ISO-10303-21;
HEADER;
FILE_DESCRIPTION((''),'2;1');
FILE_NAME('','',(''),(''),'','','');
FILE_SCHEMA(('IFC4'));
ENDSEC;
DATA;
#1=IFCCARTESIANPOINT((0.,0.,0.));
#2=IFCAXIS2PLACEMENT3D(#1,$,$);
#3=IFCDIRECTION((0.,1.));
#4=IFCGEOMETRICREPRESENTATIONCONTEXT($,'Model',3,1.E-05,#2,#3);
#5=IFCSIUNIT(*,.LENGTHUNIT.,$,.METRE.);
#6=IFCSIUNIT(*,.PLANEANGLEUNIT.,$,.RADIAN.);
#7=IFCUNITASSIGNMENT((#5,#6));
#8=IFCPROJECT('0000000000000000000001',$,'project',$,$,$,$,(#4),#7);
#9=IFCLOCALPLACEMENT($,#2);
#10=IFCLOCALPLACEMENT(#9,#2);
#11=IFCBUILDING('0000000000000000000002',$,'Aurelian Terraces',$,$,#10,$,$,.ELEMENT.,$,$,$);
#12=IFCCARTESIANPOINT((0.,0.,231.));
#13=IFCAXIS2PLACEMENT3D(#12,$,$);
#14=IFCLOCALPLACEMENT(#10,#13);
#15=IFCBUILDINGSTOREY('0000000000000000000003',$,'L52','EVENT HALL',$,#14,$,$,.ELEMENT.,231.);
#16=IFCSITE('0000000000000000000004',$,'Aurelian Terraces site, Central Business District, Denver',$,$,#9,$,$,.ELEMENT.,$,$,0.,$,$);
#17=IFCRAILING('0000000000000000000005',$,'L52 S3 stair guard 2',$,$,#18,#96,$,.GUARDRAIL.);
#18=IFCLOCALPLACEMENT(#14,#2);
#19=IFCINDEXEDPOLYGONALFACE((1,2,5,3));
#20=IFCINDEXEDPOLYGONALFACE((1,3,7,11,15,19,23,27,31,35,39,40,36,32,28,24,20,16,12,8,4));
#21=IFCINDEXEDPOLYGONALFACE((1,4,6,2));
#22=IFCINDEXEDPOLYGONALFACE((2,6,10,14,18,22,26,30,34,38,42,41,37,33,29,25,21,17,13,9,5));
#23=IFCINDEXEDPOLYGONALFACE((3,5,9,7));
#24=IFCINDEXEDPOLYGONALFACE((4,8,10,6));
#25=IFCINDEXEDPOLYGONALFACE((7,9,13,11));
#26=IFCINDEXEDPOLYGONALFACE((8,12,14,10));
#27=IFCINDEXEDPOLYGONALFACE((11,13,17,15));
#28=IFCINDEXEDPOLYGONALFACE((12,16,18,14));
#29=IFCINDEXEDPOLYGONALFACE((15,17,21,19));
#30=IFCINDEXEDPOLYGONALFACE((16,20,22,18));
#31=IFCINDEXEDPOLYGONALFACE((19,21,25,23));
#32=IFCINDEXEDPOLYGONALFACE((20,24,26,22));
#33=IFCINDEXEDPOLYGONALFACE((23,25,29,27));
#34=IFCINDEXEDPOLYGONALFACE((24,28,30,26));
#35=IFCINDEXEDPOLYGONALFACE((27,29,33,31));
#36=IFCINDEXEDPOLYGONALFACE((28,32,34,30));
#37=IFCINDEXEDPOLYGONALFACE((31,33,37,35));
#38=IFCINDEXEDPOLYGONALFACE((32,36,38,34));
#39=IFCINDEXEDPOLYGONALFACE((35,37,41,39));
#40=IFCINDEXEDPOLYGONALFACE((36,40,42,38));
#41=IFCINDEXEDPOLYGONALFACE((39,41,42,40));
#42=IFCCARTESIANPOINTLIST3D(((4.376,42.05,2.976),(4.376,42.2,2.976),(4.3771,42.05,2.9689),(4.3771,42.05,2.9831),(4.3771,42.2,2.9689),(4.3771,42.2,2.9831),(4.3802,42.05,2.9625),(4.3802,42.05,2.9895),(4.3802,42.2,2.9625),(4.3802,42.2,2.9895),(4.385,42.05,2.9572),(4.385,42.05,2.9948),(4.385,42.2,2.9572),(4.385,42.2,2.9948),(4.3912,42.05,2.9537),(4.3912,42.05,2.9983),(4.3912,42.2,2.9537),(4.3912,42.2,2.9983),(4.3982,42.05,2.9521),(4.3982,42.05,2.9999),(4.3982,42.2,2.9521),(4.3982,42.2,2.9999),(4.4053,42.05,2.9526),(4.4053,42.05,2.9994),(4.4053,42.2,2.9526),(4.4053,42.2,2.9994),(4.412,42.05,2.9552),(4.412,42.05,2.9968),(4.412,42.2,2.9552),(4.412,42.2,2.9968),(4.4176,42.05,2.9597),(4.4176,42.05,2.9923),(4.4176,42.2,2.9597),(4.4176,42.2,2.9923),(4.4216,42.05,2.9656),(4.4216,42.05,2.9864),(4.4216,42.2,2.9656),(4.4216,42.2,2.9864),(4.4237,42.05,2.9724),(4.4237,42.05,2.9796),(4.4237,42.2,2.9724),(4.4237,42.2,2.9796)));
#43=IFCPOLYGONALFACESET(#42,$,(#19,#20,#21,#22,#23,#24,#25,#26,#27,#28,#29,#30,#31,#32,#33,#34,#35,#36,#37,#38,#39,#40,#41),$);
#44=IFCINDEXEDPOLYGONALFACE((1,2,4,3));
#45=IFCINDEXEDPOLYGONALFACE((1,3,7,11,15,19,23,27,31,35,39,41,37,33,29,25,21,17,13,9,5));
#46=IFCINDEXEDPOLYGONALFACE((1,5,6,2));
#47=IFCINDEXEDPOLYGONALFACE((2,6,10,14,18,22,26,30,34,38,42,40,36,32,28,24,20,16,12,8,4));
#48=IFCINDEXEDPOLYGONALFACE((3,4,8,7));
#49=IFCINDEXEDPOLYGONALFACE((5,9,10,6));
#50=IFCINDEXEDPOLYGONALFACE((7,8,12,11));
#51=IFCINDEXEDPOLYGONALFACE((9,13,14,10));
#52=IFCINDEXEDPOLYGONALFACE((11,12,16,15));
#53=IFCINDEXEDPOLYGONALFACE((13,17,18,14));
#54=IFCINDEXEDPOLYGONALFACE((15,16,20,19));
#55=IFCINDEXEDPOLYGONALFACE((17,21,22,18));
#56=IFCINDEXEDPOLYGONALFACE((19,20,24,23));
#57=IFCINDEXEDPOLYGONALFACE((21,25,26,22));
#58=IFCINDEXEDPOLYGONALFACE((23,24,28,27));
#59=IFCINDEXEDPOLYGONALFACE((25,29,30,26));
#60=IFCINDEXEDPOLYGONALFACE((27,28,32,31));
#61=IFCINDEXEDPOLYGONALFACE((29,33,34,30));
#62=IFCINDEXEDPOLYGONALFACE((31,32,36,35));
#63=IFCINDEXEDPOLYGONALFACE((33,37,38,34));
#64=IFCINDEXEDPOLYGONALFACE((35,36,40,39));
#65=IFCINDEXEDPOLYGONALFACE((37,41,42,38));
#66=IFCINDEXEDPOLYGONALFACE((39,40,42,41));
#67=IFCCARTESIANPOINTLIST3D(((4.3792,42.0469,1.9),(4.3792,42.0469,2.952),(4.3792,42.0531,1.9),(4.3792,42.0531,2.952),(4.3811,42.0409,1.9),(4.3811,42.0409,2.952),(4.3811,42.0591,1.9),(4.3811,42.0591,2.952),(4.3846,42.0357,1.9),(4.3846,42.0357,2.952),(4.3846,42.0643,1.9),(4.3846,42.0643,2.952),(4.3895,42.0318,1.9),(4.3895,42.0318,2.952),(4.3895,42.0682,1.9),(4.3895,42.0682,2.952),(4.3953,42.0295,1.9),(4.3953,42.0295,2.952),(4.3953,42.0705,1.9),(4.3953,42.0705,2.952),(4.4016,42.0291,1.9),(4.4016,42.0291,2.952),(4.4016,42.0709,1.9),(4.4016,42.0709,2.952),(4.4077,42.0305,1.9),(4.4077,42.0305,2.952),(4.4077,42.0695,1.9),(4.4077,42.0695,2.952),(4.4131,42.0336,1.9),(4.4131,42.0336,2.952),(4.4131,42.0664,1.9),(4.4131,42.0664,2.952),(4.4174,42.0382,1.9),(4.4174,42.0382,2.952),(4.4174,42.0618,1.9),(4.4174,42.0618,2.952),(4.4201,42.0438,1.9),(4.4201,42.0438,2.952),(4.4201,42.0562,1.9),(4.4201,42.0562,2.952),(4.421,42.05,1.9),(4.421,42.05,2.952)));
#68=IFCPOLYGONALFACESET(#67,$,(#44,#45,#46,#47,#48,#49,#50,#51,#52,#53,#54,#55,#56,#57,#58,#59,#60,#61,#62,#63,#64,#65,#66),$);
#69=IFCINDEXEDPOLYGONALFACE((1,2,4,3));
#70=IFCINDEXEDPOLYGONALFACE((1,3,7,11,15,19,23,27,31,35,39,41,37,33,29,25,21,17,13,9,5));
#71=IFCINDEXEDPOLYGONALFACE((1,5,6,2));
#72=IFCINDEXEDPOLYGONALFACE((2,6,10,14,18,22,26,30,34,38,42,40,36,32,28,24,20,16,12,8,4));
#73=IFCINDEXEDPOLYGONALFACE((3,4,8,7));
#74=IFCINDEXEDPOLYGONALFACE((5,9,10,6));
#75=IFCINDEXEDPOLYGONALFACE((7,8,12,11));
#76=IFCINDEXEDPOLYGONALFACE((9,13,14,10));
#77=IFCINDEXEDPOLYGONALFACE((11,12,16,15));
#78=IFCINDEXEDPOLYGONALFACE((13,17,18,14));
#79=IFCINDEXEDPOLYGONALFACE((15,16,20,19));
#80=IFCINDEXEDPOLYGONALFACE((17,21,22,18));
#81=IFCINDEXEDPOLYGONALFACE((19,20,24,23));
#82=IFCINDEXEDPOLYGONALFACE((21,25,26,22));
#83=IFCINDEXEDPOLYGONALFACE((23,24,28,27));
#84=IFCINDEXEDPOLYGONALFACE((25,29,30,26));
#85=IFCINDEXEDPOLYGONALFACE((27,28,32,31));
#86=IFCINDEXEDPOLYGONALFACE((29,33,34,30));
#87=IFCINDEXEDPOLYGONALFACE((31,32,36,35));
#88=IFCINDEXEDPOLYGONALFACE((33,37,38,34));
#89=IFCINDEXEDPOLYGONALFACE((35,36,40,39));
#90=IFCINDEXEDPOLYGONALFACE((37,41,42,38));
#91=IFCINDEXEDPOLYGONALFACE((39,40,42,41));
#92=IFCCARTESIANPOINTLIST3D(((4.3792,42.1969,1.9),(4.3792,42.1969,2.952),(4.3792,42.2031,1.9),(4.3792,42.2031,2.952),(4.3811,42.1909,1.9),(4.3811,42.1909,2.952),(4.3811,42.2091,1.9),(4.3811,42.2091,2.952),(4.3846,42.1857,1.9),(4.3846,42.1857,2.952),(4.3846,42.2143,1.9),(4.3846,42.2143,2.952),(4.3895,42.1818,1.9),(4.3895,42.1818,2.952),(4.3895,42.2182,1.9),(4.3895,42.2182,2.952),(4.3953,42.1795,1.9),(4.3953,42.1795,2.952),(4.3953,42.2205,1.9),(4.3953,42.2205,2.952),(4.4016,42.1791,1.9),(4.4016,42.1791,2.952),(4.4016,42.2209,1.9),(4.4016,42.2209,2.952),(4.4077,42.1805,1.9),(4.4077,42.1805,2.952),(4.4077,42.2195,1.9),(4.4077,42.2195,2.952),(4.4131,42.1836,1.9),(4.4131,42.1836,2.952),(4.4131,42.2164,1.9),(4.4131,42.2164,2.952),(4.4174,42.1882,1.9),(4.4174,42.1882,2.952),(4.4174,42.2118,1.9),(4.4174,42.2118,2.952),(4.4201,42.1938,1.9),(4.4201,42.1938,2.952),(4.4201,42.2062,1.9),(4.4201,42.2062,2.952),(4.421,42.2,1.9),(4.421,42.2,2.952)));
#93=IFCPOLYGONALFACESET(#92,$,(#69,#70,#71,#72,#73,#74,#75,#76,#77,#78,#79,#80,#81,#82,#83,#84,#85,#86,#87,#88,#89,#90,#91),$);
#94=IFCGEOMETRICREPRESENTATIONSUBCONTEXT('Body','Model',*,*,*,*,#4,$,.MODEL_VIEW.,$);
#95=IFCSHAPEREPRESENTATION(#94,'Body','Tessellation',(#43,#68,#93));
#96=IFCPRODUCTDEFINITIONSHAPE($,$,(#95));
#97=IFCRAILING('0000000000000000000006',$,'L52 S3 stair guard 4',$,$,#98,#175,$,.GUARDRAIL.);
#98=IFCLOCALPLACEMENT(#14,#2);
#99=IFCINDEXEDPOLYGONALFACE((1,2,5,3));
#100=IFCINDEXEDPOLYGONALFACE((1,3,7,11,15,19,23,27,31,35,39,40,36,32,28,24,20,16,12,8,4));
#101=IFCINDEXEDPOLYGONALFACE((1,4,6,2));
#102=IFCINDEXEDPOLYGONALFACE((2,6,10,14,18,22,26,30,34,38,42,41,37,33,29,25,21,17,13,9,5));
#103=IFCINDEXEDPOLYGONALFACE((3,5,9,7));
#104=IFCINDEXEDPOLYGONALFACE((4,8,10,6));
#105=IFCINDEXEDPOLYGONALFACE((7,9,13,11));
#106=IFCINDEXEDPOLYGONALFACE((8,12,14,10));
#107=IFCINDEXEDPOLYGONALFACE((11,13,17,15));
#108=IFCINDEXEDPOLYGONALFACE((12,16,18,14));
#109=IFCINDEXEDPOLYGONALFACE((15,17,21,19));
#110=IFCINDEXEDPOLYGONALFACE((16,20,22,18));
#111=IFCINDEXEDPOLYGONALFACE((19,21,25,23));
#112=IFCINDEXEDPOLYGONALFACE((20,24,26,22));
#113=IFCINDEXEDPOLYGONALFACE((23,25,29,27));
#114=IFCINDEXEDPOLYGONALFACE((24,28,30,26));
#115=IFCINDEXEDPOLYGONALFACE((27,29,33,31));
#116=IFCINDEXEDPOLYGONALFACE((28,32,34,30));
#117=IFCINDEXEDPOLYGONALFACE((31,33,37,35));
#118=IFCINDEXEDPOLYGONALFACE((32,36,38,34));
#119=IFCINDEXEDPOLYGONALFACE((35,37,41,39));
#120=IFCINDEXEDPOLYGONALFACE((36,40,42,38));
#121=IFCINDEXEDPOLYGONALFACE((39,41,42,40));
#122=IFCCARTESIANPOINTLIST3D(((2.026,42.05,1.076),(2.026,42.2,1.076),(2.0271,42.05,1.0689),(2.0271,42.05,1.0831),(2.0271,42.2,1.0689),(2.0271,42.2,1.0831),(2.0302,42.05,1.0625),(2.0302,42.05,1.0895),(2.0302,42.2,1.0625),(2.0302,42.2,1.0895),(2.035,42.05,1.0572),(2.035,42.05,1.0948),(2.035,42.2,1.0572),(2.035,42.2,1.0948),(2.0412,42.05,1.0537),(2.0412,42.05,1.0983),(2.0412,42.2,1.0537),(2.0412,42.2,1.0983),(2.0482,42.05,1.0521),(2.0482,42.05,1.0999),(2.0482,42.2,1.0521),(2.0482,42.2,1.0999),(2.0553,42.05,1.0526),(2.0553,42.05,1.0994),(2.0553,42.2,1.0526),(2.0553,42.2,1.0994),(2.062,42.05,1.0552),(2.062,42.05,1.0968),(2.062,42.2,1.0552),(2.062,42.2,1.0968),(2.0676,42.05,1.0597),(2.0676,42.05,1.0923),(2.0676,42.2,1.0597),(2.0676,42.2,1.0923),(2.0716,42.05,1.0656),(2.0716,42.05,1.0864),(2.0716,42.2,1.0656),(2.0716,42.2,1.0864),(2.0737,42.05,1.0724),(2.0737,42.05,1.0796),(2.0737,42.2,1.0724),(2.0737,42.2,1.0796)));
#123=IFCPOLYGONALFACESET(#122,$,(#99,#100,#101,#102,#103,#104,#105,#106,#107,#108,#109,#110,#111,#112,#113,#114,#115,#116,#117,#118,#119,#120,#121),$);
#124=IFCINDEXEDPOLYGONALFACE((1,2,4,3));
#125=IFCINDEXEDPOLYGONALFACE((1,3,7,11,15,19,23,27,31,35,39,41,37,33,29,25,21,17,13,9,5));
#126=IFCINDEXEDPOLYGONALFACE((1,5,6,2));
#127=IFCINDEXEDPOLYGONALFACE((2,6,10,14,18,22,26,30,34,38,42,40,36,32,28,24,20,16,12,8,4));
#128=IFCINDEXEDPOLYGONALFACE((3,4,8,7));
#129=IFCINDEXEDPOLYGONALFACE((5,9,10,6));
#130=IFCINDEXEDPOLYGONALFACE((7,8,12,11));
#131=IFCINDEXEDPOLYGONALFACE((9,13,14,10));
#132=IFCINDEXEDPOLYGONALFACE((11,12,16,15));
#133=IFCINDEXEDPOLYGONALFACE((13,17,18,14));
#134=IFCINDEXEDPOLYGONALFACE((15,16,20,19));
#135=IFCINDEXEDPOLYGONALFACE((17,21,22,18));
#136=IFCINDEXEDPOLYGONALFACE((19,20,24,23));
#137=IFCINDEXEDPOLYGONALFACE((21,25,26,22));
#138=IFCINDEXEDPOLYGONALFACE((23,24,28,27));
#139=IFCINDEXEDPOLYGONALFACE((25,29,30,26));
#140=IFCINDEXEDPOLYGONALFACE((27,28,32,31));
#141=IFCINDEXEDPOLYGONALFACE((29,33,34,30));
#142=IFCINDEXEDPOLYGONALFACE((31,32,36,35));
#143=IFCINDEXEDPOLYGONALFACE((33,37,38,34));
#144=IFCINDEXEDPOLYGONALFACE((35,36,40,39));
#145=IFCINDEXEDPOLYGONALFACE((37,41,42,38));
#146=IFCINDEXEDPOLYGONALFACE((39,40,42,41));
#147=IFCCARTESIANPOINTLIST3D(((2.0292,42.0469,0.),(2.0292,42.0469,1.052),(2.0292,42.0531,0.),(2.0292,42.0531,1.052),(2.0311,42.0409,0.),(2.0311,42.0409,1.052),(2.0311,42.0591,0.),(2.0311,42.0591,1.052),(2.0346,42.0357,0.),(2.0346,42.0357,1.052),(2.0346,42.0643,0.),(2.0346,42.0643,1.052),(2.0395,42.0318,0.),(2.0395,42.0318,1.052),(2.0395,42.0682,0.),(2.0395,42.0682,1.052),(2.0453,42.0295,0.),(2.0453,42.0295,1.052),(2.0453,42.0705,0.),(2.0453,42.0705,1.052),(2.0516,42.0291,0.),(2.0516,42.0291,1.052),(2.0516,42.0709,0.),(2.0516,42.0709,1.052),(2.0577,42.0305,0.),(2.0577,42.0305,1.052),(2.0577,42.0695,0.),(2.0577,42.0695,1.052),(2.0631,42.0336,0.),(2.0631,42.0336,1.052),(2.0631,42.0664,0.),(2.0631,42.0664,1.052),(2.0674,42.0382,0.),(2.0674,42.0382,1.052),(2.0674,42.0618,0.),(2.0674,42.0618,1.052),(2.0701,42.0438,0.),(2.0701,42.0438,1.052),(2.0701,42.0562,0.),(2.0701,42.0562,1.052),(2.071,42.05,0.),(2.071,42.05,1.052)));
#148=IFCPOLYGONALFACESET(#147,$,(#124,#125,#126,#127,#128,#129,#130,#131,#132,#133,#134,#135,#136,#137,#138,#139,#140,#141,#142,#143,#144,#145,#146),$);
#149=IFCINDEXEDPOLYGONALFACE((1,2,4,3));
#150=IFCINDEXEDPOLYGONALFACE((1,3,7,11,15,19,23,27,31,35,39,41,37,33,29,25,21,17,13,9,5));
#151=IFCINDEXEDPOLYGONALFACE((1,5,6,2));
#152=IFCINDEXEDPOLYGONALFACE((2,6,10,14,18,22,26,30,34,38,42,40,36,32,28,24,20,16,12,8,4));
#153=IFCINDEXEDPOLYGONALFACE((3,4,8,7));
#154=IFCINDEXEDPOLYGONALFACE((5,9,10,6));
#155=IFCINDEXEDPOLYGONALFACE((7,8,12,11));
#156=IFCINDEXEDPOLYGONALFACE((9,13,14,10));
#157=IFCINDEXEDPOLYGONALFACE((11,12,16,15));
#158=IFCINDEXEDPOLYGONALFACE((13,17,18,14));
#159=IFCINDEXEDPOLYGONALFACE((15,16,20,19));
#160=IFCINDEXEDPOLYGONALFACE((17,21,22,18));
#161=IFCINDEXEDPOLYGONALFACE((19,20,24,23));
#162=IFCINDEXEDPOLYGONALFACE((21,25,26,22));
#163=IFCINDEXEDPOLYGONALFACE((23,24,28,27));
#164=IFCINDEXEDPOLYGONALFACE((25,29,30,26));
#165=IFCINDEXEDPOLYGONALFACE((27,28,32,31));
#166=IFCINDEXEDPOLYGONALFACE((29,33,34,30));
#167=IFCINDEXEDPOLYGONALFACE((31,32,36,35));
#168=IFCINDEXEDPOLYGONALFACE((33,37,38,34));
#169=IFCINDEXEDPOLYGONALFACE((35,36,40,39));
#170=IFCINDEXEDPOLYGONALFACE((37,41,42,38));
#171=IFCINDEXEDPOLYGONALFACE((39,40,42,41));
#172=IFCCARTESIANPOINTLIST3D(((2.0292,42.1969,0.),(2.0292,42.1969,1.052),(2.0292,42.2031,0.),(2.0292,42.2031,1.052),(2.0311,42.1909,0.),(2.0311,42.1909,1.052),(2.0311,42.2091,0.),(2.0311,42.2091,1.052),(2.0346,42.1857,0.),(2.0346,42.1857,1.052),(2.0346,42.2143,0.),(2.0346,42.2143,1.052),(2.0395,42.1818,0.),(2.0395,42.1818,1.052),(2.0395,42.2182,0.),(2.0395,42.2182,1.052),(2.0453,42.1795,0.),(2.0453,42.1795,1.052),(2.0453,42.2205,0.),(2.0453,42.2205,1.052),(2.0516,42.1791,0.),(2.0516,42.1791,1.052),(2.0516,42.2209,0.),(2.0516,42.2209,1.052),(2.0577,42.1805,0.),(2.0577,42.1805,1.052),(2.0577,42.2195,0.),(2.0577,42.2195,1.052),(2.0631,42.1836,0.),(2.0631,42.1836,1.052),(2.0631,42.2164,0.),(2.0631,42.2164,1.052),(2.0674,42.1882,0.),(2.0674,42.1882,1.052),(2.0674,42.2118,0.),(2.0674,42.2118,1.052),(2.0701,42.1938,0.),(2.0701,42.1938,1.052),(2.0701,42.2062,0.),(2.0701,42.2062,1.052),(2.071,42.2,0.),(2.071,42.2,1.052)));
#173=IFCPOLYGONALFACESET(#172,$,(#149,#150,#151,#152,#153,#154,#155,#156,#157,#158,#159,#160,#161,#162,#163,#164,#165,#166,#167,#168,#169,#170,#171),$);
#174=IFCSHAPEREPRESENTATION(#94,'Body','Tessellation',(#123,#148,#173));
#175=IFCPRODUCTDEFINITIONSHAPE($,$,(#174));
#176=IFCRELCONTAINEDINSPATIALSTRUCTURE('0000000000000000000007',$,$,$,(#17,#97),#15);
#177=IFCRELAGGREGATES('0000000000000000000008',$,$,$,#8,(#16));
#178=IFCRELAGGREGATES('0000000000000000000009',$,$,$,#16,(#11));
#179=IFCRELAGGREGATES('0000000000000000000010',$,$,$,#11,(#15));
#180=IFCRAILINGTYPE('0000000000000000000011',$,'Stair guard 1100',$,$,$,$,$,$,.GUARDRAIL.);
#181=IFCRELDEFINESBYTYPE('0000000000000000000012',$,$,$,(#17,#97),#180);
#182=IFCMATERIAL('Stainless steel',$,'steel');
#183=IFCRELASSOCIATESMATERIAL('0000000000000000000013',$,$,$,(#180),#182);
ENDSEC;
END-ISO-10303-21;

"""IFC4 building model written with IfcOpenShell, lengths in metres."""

from ifc_helpers import new_model, si_unit, direction, frame, origin, origin_2d, place, context, subcontext, project, spatial, circle, extrude, source, transform, mapped, material, type_object, element, save


model = new_model("IFC4")

# Units and contexts
model_context = context("Model", 3, precision=1e-05, world=origin(), true_north=direction((0.0, 1.0)))
body_context = subcontext(model_context, "Body", "Model", "MODEL_VIEW")
ifc_project = project(units=[si_unit("LENGTHUNIT", "METRE"), si_unit("PLANEANGLEUNIT", "RADIAN")], contexts=[model_context])

# Site, building, storey
site_placement = place(None, origin())
site = spatial("IfcSite", under=ifc_project, at=site_placement, Name="Aurelian Terraces site, Central Business District, Denver", CompositionType="ELEMENT", RefElevation=0.0)
building_placement = place(site_placement, origin())
building = spatial("IfcBuilding", under=site, at=building_placement, Name="Aurelian Terraces", CompositionType="ELEMENT")
storey_placement = place(building_placement, frame((0.0, 0.0, 231.0)))
storey = spatial("IfcBuildingStorey", under=building, at=storey_placement, Name="L52", Description="EVENT HALL", CompositionType="ELEMENT", Elevation=231.0)

# Railings
ifc_material_1 = material(Name="Stainless steel", Category="steel")
railing_type_1 = type_object("IfcRailingType", Name="Stair guard 1100", PredefinedType="GUARDRAIL", material=ifc_material_1)
shared_shape_1 = source(origin(), body_context, "Body", "SweptSolid", [
    extrude(circle(Radius=0.024, at=origin_2d()), frame((0.0, 0.0, 1.076), z_axis=(0.0, 1.0, 0.0), x_axis=(-1.0, 0.0, 0.0)), (0.0, 0.0, 1.0), 0.15),
    extrude(circle(Radius=0.021, at=origin_2d()), origin(), (0.0, 0.0, 1.0), 1.052),
    extrude(circle(Radius=0.021, at=origin_2d()), frame((0.0, 0.15, 0.0)), (0.0, 0.0, 1.0), 1.052),
])
for number, where, name in (
    (1, (4.4, 42.05, 1.9), "L52 S3 stair guard 2"),
    (2, (2.05, 42.05, 0.0), "L52 S3 stair guard 4"),
):
    element("IfcRailing", number, at=place(storey_placement, frame(where)), inside=storey, type_object=railing_type_1, Name=name, PredefinedType="GUARDRAIL", context=body_context, shape_type="MappedRepresentation", body=[
        mapped(shared_shape_1, transform((0.0, 0.0, 0.0), scale=1.0)),
    ])

save(model, "model.ifc")
